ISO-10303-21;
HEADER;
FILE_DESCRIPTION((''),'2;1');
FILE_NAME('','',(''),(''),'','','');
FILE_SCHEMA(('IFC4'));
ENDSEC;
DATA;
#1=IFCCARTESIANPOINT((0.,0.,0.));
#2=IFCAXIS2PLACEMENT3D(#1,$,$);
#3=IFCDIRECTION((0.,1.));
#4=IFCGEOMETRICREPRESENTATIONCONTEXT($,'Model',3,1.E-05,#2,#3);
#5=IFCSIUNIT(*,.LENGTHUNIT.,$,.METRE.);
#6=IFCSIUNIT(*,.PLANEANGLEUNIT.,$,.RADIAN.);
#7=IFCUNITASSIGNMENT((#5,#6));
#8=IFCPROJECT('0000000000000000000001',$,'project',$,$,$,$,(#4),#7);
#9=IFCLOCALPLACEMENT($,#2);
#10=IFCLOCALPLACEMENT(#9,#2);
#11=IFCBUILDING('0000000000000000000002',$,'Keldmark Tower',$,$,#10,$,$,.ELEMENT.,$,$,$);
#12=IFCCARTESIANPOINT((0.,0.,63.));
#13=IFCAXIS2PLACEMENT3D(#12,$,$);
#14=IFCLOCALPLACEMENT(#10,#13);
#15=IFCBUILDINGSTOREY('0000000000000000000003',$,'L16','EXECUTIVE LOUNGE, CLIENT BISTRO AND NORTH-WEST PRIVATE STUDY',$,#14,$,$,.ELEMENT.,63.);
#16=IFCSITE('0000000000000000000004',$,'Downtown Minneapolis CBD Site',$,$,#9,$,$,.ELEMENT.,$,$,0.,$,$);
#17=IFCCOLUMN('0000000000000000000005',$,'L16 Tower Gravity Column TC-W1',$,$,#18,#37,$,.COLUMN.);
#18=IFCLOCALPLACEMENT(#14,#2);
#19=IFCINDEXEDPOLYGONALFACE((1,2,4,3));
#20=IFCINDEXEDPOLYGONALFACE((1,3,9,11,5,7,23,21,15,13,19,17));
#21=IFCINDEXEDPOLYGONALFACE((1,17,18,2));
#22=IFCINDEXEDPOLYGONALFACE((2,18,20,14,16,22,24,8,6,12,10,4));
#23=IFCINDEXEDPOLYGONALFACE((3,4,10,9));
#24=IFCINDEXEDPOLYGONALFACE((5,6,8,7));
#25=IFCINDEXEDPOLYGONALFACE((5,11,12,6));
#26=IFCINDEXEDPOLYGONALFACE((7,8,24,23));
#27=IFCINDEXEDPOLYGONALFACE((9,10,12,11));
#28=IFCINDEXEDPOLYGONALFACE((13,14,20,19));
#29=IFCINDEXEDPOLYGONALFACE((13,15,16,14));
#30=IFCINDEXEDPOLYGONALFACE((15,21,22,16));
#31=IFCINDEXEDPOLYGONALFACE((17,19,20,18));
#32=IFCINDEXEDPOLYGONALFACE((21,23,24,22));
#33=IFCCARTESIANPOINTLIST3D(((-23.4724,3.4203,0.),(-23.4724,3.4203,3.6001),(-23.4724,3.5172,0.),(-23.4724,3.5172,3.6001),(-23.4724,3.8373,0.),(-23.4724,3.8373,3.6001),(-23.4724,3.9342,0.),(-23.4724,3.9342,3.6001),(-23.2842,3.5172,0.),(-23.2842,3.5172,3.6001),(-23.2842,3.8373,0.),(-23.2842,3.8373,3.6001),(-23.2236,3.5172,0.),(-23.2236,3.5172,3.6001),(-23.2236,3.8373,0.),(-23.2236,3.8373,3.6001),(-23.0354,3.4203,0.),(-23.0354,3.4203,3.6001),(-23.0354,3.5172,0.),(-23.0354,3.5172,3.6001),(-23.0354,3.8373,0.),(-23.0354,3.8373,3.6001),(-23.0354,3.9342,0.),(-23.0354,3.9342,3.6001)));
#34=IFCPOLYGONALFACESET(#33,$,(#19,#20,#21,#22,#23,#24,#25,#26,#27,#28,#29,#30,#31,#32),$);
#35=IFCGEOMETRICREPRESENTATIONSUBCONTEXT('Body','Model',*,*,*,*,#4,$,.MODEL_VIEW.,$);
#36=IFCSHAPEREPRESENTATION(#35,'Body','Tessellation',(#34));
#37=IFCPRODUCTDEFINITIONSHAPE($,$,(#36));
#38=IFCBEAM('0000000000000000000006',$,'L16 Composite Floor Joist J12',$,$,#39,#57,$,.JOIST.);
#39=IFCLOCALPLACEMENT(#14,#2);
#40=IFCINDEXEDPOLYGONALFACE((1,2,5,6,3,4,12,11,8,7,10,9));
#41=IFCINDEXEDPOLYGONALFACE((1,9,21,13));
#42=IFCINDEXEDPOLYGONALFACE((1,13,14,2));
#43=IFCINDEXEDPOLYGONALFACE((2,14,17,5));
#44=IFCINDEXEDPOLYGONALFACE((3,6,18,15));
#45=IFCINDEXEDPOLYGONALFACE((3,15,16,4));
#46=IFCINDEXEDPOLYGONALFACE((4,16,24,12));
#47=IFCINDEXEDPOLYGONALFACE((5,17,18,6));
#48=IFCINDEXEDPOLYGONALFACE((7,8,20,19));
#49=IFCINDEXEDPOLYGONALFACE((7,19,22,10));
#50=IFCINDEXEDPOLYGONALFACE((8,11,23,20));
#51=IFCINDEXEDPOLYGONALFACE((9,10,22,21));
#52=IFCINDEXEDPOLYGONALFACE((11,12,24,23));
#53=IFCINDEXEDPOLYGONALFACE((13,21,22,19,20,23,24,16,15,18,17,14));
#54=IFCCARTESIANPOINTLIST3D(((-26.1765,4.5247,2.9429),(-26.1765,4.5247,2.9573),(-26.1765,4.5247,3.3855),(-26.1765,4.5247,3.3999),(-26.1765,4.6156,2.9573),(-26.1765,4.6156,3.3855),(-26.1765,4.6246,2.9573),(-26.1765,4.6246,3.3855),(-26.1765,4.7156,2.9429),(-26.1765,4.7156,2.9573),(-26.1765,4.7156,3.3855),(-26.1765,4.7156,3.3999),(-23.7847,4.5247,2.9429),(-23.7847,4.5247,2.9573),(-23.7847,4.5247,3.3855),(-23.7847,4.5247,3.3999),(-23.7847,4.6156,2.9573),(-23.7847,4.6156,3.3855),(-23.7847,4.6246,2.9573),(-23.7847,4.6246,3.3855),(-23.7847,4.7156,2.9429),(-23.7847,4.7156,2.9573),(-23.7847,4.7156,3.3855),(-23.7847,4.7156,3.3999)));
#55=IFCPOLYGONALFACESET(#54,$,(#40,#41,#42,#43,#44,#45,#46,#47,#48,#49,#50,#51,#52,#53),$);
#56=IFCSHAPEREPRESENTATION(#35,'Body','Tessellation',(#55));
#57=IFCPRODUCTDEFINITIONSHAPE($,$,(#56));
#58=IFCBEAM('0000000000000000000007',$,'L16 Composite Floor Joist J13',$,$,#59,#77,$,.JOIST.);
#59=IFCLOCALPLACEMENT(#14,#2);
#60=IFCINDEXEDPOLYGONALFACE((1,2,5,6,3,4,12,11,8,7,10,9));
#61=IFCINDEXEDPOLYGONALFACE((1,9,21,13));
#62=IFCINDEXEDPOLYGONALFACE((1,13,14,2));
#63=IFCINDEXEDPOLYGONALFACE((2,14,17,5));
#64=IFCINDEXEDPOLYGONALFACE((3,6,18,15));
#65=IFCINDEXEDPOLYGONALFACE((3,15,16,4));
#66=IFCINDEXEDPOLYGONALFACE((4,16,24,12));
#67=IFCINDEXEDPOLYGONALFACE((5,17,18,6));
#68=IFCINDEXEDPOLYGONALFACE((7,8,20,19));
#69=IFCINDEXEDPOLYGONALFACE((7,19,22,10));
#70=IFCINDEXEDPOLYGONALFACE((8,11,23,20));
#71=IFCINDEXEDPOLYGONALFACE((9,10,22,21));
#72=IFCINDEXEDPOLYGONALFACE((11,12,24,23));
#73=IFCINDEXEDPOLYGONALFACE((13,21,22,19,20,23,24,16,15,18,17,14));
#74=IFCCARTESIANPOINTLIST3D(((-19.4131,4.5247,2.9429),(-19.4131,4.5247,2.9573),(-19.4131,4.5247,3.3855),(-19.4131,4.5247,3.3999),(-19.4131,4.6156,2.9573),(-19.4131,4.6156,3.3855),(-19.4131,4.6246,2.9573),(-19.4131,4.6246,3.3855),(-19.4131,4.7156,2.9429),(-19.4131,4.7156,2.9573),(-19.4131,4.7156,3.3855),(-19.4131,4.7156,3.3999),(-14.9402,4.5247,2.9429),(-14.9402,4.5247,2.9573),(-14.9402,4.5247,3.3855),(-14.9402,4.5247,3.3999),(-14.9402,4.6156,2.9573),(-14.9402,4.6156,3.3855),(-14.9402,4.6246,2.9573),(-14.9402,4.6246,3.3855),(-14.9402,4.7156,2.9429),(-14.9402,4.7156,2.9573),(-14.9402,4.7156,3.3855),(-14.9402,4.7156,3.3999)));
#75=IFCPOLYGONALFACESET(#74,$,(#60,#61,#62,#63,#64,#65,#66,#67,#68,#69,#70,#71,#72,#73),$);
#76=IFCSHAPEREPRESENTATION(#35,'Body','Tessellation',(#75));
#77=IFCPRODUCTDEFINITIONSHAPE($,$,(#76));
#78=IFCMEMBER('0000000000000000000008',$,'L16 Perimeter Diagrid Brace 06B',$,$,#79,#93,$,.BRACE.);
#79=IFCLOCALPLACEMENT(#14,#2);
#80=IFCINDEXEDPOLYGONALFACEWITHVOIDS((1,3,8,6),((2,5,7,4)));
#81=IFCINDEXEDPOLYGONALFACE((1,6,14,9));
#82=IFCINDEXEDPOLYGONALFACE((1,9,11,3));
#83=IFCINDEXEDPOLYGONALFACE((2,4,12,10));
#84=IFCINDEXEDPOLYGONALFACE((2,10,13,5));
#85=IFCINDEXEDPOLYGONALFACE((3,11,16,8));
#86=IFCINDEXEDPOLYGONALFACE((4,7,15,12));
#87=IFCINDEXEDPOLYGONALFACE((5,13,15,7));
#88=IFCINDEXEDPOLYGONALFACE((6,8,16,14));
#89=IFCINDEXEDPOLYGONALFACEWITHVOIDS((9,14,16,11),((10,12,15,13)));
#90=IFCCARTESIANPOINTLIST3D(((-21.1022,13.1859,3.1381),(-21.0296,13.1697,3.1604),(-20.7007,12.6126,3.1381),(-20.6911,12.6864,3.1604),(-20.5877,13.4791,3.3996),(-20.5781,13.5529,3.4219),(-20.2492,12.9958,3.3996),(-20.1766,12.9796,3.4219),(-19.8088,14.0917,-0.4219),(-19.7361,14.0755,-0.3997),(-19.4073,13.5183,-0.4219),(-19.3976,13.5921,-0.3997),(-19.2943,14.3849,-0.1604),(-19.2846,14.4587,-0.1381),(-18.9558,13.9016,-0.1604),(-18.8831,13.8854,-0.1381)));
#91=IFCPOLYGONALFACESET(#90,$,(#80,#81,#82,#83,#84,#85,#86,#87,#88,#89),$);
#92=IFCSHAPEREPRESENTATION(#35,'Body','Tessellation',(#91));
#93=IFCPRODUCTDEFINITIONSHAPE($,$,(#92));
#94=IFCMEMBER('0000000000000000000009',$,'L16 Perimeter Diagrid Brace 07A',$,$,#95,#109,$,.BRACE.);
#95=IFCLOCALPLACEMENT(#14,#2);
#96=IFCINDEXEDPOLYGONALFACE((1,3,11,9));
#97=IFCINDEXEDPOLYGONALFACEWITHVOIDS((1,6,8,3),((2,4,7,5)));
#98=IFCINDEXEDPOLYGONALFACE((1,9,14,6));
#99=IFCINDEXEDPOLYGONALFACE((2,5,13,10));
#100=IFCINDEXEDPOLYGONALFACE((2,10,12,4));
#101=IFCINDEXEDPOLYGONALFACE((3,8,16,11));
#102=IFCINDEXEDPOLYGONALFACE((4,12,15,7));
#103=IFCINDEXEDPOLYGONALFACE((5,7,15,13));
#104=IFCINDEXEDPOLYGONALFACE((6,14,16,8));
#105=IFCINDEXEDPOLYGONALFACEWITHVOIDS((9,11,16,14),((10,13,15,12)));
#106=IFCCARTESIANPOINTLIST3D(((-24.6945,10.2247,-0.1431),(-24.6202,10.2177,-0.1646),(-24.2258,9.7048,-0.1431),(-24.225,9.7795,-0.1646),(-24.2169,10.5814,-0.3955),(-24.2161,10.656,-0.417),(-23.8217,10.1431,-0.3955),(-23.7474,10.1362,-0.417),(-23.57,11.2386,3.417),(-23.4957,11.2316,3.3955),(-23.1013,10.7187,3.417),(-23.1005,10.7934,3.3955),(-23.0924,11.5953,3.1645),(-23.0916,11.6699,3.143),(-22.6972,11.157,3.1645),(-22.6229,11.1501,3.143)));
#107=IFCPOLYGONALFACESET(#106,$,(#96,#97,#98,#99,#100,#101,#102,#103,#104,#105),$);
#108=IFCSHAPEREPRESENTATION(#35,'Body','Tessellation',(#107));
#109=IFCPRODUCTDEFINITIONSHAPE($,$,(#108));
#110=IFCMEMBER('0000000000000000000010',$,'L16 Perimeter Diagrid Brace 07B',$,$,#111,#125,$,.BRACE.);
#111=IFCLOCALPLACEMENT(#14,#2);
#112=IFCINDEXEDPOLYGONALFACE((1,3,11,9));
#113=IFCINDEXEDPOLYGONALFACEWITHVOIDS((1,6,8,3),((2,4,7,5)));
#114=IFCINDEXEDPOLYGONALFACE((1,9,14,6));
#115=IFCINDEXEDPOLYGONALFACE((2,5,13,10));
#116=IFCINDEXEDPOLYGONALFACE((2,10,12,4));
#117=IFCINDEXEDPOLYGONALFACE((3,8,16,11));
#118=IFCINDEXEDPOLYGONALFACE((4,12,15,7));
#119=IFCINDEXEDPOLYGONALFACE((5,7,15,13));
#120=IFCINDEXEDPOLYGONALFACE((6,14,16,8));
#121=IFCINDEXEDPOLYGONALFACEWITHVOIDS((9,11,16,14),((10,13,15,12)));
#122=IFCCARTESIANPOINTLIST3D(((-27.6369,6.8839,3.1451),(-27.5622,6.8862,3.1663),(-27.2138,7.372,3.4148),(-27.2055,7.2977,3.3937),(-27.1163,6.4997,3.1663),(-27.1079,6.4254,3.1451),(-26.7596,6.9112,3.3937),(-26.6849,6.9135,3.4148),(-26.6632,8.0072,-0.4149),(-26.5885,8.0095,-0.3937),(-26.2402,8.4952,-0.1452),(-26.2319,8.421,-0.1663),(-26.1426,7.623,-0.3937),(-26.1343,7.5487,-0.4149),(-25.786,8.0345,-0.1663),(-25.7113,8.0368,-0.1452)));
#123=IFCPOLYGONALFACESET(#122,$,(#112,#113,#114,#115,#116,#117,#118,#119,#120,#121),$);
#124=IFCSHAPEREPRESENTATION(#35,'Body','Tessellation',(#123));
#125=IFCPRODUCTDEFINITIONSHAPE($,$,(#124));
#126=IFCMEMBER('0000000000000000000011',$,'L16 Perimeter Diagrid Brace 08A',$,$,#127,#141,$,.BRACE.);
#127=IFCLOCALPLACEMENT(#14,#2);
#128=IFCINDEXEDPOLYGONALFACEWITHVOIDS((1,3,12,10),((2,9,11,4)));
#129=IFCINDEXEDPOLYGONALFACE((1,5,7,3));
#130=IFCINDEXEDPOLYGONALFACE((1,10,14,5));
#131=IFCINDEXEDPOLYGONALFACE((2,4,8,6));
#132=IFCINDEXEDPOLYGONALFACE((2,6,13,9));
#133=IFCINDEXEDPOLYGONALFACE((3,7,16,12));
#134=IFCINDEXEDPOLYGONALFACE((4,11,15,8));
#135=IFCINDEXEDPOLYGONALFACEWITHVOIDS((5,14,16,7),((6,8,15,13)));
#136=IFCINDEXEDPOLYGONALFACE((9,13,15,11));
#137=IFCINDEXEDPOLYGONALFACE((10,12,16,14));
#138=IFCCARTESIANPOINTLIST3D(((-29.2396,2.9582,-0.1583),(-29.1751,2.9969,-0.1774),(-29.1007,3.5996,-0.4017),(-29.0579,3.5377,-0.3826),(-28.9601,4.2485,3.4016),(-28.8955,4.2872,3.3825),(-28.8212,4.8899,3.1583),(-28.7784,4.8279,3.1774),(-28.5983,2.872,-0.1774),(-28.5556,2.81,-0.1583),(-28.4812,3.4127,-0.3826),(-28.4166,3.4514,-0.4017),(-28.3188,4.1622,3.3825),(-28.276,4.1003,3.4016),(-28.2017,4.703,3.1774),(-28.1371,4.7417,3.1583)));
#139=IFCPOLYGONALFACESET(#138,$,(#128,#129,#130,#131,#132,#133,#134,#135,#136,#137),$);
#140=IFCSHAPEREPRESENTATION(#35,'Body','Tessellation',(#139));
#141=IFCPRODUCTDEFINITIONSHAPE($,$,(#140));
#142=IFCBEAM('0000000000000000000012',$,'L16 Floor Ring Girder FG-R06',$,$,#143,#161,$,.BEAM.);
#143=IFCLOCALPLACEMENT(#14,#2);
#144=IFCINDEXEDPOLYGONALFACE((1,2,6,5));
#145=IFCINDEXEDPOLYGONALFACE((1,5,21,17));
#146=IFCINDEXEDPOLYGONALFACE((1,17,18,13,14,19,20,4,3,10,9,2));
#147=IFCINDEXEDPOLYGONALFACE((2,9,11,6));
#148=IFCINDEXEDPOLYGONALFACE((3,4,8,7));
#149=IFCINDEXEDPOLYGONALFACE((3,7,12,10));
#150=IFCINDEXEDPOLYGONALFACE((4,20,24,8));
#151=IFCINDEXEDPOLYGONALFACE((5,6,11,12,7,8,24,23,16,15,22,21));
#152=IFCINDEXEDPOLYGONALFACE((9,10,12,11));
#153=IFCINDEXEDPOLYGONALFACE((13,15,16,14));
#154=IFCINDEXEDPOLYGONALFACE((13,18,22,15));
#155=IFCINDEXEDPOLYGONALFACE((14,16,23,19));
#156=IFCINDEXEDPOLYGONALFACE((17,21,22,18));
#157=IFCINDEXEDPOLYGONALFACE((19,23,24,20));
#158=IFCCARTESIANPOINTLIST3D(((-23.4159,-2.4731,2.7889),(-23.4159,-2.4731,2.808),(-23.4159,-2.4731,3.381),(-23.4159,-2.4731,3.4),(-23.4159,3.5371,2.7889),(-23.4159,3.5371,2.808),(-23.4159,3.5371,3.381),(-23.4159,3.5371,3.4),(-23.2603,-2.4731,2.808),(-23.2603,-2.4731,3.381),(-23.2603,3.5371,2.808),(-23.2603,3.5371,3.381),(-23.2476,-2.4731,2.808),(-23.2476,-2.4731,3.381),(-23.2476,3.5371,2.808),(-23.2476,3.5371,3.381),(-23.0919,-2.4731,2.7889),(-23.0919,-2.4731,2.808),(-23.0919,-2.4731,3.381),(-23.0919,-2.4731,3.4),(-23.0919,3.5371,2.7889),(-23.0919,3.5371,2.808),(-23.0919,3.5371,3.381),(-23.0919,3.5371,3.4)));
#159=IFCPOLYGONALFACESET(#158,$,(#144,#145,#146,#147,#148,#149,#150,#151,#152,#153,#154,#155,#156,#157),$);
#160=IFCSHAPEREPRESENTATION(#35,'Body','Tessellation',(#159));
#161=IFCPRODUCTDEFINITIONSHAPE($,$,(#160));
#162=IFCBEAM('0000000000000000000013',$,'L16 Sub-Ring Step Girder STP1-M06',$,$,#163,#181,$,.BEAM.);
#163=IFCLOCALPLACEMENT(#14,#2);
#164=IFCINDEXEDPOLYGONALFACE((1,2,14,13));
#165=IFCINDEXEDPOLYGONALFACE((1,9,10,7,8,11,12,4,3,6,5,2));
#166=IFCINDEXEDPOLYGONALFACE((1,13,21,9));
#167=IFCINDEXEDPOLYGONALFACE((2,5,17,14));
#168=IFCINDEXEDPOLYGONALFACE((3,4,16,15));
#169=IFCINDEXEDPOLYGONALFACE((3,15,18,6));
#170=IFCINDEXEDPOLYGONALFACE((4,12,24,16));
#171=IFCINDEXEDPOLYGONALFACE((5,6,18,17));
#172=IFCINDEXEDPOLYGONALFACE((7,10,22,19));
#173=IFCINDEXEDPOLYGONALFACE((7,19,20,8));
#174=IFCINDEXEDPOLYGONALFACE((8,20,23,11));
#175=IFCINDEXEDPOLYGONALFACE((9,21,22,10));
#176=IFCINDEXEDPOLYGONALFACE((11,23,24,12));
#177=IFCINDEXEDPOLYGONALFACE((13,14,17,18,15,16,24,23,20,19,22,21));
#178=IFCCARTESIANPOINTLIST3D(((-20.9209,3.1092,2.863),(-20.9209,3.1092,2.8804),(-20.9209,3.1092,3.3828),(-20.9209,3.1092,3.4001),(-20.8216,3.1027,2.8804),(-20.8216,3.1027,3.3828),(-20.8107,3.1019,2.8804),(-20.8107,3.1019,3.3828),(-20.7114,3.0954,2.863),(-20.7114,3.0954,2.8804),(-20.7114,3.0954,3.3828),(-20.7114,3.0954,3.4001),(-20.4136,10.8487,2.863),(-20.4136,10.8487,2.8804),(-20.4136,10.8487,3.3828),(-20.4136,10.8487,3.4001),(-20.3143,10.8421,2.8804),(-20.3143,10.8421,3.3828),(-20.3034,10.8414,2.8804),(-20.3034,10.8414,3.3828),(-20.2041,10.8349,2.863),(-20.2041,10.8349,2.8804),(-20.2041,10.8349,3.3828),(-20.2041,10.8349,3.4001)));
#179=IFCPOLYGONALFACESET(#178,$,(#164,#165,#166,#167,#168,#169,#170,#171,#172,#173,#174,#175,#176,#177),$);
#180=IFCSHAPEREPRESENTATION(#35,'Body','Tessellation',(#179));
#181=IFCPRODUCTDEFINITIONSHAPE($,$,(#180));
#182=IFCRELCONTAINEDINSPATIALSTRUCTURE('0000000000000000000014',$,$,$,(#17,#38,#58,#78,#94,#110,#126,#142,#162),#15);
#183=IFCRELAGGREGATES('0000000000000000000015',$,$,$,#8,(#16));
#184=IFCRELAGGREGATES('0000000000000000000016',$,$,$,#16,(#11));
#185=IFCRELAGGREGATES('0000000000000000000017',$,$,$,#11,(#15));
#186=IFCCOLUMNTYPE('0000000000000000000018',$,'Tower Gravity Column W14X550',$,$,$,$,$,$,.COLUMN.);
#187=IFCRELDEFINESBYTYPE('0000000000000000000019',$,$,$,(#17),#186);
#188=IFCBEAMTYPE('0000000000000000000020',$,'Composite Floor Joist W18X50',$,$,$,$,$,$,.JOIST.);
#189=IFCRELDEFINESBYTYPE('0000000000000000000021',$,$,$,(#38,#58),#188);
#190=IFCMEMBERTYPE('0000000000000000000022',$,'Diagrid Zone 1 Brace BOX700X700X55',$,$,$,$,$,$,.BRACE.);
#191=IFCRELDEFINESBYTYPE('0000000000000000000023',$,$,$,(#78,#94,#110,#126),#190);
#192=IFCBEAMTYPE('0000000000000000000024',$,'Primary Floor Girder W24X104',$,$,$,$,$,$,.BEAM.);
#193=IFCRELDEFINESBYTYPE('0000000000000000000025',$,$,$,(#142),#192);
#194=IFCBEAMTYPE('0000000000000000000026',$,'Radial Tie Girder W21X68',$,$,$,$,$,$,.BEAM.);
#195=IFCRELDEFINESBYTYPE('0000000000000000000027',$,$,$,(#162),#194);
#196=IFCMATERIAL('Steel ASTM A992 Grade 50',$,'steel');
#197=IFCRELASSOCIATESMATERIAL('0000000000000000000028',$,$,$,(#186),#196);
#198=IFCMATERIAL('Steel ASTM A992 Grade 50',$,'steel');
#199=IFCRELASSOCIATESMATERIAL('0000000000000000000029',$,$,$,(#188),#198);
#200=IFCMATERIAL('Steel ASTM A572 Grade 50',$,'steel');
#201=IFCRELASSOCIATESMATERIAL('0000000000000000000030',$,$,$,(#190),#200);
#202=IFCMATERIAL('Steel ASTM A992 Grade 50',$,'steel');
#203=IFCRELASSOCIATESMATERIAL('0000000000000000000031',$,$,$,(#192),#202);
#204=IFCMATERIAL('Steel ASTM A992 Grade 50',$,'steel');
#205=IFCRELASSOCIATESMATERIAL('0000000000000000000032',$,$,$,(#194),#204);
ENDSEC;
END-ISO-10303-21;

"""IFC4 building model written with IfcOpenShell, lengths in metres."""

from ifc_helpers import new_model, si_unit, direction, frame, origin, origin_2d, place, context, subcontext, project, spatial, hollow_rectangle, i_section, extrude, material, material_profile, profile_set, type_object, element, save


model = new_model("IFC4")

# Units and contexts
model_context = context("Model", 3, precision=1e-05, world=origin(), true_north=direction((0.0, 1.0)))
body_context = subcontext(model_context, "Body", "Model", "MODEL_VIEW")
ifc_project = project(units=[si_unit("LENGTHUNIT", "METRE"), si_unit("PLANEANGLEUNIT", "RADIAN")], contexts=[model_context])

# Site, building, storey
site_placement = place(None, origin())
site = spatial("IfcSite", under=ifc_project, at=site_placement, Name="Downtown Minneapolis CBD Site", CompositionType="ELEMENT", RefElevation=0.0)
building_placement = place(site_placement, origin())
building = spatial("IfcBuilding", under=site, at=building_placement, Name="Keldmark Tower", CompositionType="ELEMENT")
storey_placement = place(building_placement, frame((0.0, 0.0, 63.0)))
storey = spatial("IfcBuildingStorey", under=building, at=storey_placement, Name="L16", Description="EXECUTIVE LOUNGE, CLIENT BISTRO AND NORTH-WEST PRIVATE STUDY", CompositionType="ELEMENT", Elevation=63.0)

# Column
ifc_material_1 = material(Name="Steel ASTM A992 Grade 50", Category="steel")
ifc_material_profile_1 = material_profile(ifc_material_1, i_section(OverallWidth=0.437, OverallDepth=0.5139, WebThickness=0.0605, FlangeThickness=0.0969, at=origin_2d()), Name="W14X550")
ifc_profile_set_1 = profile_set([ifc_material_profile_1], Name="Steel ASTM A992 Grade 50")
column_type = type_object("IfcColumnType", Name="Tower Gravity Column W14X550", PredefinedType="COLUMN", material=ifc_profile_set_1)
column_placement = place(storey_placement, frame((-23.2539, 3.6772, 0.0), z_axis=(0.0, 0.0, 1.0), x_axis=(1.0, 0.0, 0.0)))
element("IfcColumn", 1, at=column_placement, inside=storey, type_object=column_type, Name="L16 Tower Gravity Column TC-W1", PredefinedType="COLUMN", context=body_context, shape_type="SweptSolid", body=[
    extrude(i_section(OverallWidth=0.437, OverallDepth=0.5139, WebThickness=0.0605, FlangeThickness=0.0969, at=origin_2d()), origin(), (0.0, 0.0, 1.0), 3.6001),
])

# Beams
ifc_material_2 = material(Name="Steel ASTM A992 Grade 50", Category="steel")
ifc_material_profile_2 = material_profile(ifc_material_2, i_section(OverallWidth=0.1909, OverallDepth=0.457, WebThickness=0.009, FlangeThickness=0.0144, at=origin_2d()), Name="W18X50")
ifc_profile_set_2 = profile_set([ifc_material_profile_2], Name="Steel ASTM A992 Grade 50")
beam_type_1 = type_object("IfcBeamType", Name="Composite Floor Joist W18X50", PredefinedType="JOIST", material=ifc_profile_set_2)
beam_1_placement = place(storey_placement, frame((-26.1765, 4.6201, 3.1714), z_axis=(1.0, 0.0, 0.0), x_axis=(0.0, 1.0, 0.0)))
element("IfcBeam", 2, at=beam_1_placement, inside=storey, type_object=beam_type_1, Name="L16 Composite Floor Joist J12", PredefinedType="JOIST", context=body_context, shape_type="SweptSolid", body=[
    extrude(i_section(OverallWidth=0.1909, OverallDepth=0.457, WebThickness=0.009, FlangeThickness=0.0144, at=origin_2d()), origin(), (0.0, 0.0, 1.0), 2.3918),
])
beam_2_placement = place(storey_placement, frame((-19.4131, 4.6201, 3.1714), z_axis=(1.0, 0.0, 0.0), x_axis=(0.0, 1.0, 0.0)))
element("IfcBeam", 3, at=beam_2_placement, inside=storey, type_object=beam_type_1, Name="L16 Composite Floor Joist J13", PredefinedType="JOIST", context=body_context, shape_type="SweptSolid", body=[
    extrude(i_section(OverallWidth=0.1909, OverallDepth=0.457, WebThickness=0.009, FlangeThickness=0.0144, at=origin_2d()), origin(), (0.0, 0.0, 1.0), 4.4729),
])

# Members
ifc_material_3 = material(Name="Steel ASTM A572 Grade 50", Category="steel")
ifc_material_profile_3 = material_profile(ifc_material_3, hollow_rectangle(XDim=0.7, YDim=0.7, WallThickness=0.0549, at=origin_2d()), Name="BOX700X700X55")
ifc_profile_set_3 = profile_set([ifc_material_profile_3], Name="Steel ASTM A572 Grade 50")
member_type = type_object("IfcMemberType", Name="Diagrid Zone 1 Brace BOX700X700X55", PredefinedType="BRACE", material=ifc_profile_set_3)
member_1_placement = place(storey_placement, frame((-19.3459, 13.9885, -0.28), z_axis=(-0.332121, -0.232572, 0.914115), x_axis=(0.573608, -0.81913, 0.0)))
element("IfcMember", 4, at=member_1_placement, inside=storey, type_object=member_type, Name="L16 Perimeter Diagrid Brace 06B", PredefinedType="BRACE", context=body_context, shape_type="SweptSolid", body=[
    extrude(hollow_rectangle(XDim=0.7, YDim=0.7, WallThickness=0.0549, at=origin_2d()), origin(), (0.0, 0.0, 1.0), 3.8945),
])
member_2_placement = place(storey_placement, frame((-24.2209, 10.1804, -0.28), z_axis=(0.290672, 0.262084, 0.920229), x_axis=(-0.669641, 0.742685, 0.0)))
element("IfcMember", 5, at=member_2_placement, inside=storey, type_object=member_type, Name="L16 Perimeter Diagrid Brace 07A", PredefinedType="BRACE", context=body_context, shape_type="SweptSolid", body=[
    extrude(hollow_rectangle(XDim=0.7, YDim=0.7, WallThickness=0.0549, at=origin_2d()), origin(), (0.0, 0.0, 1.0), 3.8687),
])
member_3_placement = place(storey_placement, frame((-26.1873, 8.022, -0.28), z_axis=(-0.252371, -0.291163, 0.922786), x_axis=(0.755651, -0.654974, 0.0)))
element("IfcMember", 6, at=member_3_placement, inside=storey, type_object=member_type, Name="L16 Perimeter Diagrid Brace 07B", PredefinedType="BRACE", context=body_context, shape_type="SweptSolid", body=[
    extrude(hollow_rectangle(XDim=0.7, YDim=0.7, WallThickness=0.0549, at=origin_2d()), origin(), (0.0, 0.0, 1.0), 3.8579),
])
member_4_placement = place(storey_placement, frame((-28.8281, 3.2048, -0.28), z_axis=(0.073622, 0.339819, 0.937605), x_axis=(-0.977326, 0.211739, 0.0)))
element("IfcMember", 7, at=member_4_placement, inside=storey, type_object=member_type, Name="L16 Perimeter Diagrid Brace 08A", PredefinedType="BRACE", context=body_context, shape_type="SweptSolid", body=[
    extrude(hollow_rectangle(XDim=0.7, YDim=0.7, WallThickness=0.0549, at=origin_2d()), origin(), (0.0, 0.0, 1.0), 3.7969),
])

# Beams
ifc_material_4 = material(Name="Steel ASTM A992 Grade 50", Category="steel")
ifc_material_profile_4 = material_profile(ifc_material_4, i_section(OverallWidth=0.324, OverallDepth=0.6111, WebThickness=0.0127, FlangeThickness=0.019, at=origin_2d()), Name="W24X104")
ifc_profile_set_4 = profile_set([ifc_material_profile_4], Name="Steel ASTM A992 Grade 50")
beam_type_2 = type_object("IfcBeamType", Name="Primary Floor Girder W24X104", PredefinedType="BEAM", material=ifc_profile_set_4)
beam_3_placement = place(storey_placement, frame((-23.2539, 3.5371, 3.0945), z_axis=(0.0, -1.0, 0.0), x_axis=(1.0, 0.0, 0.0)))
element("IfcBeam", 8, at=beam_3_placement, inside=storey, type_object=beam_type_2, Name="L16 Floor Ring Girder FG-R06", PredefinedType="BEAM", context=body_context, shape_type="SweptSolid", body=[
    extrude(i_section(OverallWidth=0.324, OverallDepth=0.6111, WebThickness=0.0127, FlangeThickness=0.019, at=origin_2d()), origin(), (0.0, 0.0, 1.0), 6.0103),
])
ifc_material_5 = material(Name="Steel ASTM A992 Grade 50", Category="steel")
ifc_material_profile_5 = material_profile(ifc_material_5, i_section(OverallWidth=0.21, OverallDepth=0.5371, WebThickness=0.011, FlangeThickness=0.0173, at=origin_2d()), Name="W21X68")
ifc_profile_set_5 = profile_set([ifc_material_profile_5], Name="Steel ASTM A992 Grade 50")
beam_type_3 = type_object("IfcBeamType", Name="Radial Tie Girder W21X68", PredefinedType="BEAM", material=ifc_profile_set_5)
beam_4_placement = place(storey_placement, frame((-20.8162, 3.1023, 3.1316), z_axis=(0.06541, 0.997858, 0.0), x_axis=(-0.997858, 0.06541, 0.0)))
element("IfcBeam", 9, at=beam_4_placement, inside=storey, type_object=beam_type_3, Name="L16 Sub-Ring Step Girder STP1-M06", PredefinedType="BEAM", context=body_context, shape_type="SweptSolid", body=[
    extrude(i_section(OverallWidth=0.21, OverallDepth=0.5371, WebThickness=0.011, FlangeThickness=0.0173, at=origin_2d()), origin(), (0.0, 0.0, 1.0), 7.7561),
])

save(model, "model.ifc")
